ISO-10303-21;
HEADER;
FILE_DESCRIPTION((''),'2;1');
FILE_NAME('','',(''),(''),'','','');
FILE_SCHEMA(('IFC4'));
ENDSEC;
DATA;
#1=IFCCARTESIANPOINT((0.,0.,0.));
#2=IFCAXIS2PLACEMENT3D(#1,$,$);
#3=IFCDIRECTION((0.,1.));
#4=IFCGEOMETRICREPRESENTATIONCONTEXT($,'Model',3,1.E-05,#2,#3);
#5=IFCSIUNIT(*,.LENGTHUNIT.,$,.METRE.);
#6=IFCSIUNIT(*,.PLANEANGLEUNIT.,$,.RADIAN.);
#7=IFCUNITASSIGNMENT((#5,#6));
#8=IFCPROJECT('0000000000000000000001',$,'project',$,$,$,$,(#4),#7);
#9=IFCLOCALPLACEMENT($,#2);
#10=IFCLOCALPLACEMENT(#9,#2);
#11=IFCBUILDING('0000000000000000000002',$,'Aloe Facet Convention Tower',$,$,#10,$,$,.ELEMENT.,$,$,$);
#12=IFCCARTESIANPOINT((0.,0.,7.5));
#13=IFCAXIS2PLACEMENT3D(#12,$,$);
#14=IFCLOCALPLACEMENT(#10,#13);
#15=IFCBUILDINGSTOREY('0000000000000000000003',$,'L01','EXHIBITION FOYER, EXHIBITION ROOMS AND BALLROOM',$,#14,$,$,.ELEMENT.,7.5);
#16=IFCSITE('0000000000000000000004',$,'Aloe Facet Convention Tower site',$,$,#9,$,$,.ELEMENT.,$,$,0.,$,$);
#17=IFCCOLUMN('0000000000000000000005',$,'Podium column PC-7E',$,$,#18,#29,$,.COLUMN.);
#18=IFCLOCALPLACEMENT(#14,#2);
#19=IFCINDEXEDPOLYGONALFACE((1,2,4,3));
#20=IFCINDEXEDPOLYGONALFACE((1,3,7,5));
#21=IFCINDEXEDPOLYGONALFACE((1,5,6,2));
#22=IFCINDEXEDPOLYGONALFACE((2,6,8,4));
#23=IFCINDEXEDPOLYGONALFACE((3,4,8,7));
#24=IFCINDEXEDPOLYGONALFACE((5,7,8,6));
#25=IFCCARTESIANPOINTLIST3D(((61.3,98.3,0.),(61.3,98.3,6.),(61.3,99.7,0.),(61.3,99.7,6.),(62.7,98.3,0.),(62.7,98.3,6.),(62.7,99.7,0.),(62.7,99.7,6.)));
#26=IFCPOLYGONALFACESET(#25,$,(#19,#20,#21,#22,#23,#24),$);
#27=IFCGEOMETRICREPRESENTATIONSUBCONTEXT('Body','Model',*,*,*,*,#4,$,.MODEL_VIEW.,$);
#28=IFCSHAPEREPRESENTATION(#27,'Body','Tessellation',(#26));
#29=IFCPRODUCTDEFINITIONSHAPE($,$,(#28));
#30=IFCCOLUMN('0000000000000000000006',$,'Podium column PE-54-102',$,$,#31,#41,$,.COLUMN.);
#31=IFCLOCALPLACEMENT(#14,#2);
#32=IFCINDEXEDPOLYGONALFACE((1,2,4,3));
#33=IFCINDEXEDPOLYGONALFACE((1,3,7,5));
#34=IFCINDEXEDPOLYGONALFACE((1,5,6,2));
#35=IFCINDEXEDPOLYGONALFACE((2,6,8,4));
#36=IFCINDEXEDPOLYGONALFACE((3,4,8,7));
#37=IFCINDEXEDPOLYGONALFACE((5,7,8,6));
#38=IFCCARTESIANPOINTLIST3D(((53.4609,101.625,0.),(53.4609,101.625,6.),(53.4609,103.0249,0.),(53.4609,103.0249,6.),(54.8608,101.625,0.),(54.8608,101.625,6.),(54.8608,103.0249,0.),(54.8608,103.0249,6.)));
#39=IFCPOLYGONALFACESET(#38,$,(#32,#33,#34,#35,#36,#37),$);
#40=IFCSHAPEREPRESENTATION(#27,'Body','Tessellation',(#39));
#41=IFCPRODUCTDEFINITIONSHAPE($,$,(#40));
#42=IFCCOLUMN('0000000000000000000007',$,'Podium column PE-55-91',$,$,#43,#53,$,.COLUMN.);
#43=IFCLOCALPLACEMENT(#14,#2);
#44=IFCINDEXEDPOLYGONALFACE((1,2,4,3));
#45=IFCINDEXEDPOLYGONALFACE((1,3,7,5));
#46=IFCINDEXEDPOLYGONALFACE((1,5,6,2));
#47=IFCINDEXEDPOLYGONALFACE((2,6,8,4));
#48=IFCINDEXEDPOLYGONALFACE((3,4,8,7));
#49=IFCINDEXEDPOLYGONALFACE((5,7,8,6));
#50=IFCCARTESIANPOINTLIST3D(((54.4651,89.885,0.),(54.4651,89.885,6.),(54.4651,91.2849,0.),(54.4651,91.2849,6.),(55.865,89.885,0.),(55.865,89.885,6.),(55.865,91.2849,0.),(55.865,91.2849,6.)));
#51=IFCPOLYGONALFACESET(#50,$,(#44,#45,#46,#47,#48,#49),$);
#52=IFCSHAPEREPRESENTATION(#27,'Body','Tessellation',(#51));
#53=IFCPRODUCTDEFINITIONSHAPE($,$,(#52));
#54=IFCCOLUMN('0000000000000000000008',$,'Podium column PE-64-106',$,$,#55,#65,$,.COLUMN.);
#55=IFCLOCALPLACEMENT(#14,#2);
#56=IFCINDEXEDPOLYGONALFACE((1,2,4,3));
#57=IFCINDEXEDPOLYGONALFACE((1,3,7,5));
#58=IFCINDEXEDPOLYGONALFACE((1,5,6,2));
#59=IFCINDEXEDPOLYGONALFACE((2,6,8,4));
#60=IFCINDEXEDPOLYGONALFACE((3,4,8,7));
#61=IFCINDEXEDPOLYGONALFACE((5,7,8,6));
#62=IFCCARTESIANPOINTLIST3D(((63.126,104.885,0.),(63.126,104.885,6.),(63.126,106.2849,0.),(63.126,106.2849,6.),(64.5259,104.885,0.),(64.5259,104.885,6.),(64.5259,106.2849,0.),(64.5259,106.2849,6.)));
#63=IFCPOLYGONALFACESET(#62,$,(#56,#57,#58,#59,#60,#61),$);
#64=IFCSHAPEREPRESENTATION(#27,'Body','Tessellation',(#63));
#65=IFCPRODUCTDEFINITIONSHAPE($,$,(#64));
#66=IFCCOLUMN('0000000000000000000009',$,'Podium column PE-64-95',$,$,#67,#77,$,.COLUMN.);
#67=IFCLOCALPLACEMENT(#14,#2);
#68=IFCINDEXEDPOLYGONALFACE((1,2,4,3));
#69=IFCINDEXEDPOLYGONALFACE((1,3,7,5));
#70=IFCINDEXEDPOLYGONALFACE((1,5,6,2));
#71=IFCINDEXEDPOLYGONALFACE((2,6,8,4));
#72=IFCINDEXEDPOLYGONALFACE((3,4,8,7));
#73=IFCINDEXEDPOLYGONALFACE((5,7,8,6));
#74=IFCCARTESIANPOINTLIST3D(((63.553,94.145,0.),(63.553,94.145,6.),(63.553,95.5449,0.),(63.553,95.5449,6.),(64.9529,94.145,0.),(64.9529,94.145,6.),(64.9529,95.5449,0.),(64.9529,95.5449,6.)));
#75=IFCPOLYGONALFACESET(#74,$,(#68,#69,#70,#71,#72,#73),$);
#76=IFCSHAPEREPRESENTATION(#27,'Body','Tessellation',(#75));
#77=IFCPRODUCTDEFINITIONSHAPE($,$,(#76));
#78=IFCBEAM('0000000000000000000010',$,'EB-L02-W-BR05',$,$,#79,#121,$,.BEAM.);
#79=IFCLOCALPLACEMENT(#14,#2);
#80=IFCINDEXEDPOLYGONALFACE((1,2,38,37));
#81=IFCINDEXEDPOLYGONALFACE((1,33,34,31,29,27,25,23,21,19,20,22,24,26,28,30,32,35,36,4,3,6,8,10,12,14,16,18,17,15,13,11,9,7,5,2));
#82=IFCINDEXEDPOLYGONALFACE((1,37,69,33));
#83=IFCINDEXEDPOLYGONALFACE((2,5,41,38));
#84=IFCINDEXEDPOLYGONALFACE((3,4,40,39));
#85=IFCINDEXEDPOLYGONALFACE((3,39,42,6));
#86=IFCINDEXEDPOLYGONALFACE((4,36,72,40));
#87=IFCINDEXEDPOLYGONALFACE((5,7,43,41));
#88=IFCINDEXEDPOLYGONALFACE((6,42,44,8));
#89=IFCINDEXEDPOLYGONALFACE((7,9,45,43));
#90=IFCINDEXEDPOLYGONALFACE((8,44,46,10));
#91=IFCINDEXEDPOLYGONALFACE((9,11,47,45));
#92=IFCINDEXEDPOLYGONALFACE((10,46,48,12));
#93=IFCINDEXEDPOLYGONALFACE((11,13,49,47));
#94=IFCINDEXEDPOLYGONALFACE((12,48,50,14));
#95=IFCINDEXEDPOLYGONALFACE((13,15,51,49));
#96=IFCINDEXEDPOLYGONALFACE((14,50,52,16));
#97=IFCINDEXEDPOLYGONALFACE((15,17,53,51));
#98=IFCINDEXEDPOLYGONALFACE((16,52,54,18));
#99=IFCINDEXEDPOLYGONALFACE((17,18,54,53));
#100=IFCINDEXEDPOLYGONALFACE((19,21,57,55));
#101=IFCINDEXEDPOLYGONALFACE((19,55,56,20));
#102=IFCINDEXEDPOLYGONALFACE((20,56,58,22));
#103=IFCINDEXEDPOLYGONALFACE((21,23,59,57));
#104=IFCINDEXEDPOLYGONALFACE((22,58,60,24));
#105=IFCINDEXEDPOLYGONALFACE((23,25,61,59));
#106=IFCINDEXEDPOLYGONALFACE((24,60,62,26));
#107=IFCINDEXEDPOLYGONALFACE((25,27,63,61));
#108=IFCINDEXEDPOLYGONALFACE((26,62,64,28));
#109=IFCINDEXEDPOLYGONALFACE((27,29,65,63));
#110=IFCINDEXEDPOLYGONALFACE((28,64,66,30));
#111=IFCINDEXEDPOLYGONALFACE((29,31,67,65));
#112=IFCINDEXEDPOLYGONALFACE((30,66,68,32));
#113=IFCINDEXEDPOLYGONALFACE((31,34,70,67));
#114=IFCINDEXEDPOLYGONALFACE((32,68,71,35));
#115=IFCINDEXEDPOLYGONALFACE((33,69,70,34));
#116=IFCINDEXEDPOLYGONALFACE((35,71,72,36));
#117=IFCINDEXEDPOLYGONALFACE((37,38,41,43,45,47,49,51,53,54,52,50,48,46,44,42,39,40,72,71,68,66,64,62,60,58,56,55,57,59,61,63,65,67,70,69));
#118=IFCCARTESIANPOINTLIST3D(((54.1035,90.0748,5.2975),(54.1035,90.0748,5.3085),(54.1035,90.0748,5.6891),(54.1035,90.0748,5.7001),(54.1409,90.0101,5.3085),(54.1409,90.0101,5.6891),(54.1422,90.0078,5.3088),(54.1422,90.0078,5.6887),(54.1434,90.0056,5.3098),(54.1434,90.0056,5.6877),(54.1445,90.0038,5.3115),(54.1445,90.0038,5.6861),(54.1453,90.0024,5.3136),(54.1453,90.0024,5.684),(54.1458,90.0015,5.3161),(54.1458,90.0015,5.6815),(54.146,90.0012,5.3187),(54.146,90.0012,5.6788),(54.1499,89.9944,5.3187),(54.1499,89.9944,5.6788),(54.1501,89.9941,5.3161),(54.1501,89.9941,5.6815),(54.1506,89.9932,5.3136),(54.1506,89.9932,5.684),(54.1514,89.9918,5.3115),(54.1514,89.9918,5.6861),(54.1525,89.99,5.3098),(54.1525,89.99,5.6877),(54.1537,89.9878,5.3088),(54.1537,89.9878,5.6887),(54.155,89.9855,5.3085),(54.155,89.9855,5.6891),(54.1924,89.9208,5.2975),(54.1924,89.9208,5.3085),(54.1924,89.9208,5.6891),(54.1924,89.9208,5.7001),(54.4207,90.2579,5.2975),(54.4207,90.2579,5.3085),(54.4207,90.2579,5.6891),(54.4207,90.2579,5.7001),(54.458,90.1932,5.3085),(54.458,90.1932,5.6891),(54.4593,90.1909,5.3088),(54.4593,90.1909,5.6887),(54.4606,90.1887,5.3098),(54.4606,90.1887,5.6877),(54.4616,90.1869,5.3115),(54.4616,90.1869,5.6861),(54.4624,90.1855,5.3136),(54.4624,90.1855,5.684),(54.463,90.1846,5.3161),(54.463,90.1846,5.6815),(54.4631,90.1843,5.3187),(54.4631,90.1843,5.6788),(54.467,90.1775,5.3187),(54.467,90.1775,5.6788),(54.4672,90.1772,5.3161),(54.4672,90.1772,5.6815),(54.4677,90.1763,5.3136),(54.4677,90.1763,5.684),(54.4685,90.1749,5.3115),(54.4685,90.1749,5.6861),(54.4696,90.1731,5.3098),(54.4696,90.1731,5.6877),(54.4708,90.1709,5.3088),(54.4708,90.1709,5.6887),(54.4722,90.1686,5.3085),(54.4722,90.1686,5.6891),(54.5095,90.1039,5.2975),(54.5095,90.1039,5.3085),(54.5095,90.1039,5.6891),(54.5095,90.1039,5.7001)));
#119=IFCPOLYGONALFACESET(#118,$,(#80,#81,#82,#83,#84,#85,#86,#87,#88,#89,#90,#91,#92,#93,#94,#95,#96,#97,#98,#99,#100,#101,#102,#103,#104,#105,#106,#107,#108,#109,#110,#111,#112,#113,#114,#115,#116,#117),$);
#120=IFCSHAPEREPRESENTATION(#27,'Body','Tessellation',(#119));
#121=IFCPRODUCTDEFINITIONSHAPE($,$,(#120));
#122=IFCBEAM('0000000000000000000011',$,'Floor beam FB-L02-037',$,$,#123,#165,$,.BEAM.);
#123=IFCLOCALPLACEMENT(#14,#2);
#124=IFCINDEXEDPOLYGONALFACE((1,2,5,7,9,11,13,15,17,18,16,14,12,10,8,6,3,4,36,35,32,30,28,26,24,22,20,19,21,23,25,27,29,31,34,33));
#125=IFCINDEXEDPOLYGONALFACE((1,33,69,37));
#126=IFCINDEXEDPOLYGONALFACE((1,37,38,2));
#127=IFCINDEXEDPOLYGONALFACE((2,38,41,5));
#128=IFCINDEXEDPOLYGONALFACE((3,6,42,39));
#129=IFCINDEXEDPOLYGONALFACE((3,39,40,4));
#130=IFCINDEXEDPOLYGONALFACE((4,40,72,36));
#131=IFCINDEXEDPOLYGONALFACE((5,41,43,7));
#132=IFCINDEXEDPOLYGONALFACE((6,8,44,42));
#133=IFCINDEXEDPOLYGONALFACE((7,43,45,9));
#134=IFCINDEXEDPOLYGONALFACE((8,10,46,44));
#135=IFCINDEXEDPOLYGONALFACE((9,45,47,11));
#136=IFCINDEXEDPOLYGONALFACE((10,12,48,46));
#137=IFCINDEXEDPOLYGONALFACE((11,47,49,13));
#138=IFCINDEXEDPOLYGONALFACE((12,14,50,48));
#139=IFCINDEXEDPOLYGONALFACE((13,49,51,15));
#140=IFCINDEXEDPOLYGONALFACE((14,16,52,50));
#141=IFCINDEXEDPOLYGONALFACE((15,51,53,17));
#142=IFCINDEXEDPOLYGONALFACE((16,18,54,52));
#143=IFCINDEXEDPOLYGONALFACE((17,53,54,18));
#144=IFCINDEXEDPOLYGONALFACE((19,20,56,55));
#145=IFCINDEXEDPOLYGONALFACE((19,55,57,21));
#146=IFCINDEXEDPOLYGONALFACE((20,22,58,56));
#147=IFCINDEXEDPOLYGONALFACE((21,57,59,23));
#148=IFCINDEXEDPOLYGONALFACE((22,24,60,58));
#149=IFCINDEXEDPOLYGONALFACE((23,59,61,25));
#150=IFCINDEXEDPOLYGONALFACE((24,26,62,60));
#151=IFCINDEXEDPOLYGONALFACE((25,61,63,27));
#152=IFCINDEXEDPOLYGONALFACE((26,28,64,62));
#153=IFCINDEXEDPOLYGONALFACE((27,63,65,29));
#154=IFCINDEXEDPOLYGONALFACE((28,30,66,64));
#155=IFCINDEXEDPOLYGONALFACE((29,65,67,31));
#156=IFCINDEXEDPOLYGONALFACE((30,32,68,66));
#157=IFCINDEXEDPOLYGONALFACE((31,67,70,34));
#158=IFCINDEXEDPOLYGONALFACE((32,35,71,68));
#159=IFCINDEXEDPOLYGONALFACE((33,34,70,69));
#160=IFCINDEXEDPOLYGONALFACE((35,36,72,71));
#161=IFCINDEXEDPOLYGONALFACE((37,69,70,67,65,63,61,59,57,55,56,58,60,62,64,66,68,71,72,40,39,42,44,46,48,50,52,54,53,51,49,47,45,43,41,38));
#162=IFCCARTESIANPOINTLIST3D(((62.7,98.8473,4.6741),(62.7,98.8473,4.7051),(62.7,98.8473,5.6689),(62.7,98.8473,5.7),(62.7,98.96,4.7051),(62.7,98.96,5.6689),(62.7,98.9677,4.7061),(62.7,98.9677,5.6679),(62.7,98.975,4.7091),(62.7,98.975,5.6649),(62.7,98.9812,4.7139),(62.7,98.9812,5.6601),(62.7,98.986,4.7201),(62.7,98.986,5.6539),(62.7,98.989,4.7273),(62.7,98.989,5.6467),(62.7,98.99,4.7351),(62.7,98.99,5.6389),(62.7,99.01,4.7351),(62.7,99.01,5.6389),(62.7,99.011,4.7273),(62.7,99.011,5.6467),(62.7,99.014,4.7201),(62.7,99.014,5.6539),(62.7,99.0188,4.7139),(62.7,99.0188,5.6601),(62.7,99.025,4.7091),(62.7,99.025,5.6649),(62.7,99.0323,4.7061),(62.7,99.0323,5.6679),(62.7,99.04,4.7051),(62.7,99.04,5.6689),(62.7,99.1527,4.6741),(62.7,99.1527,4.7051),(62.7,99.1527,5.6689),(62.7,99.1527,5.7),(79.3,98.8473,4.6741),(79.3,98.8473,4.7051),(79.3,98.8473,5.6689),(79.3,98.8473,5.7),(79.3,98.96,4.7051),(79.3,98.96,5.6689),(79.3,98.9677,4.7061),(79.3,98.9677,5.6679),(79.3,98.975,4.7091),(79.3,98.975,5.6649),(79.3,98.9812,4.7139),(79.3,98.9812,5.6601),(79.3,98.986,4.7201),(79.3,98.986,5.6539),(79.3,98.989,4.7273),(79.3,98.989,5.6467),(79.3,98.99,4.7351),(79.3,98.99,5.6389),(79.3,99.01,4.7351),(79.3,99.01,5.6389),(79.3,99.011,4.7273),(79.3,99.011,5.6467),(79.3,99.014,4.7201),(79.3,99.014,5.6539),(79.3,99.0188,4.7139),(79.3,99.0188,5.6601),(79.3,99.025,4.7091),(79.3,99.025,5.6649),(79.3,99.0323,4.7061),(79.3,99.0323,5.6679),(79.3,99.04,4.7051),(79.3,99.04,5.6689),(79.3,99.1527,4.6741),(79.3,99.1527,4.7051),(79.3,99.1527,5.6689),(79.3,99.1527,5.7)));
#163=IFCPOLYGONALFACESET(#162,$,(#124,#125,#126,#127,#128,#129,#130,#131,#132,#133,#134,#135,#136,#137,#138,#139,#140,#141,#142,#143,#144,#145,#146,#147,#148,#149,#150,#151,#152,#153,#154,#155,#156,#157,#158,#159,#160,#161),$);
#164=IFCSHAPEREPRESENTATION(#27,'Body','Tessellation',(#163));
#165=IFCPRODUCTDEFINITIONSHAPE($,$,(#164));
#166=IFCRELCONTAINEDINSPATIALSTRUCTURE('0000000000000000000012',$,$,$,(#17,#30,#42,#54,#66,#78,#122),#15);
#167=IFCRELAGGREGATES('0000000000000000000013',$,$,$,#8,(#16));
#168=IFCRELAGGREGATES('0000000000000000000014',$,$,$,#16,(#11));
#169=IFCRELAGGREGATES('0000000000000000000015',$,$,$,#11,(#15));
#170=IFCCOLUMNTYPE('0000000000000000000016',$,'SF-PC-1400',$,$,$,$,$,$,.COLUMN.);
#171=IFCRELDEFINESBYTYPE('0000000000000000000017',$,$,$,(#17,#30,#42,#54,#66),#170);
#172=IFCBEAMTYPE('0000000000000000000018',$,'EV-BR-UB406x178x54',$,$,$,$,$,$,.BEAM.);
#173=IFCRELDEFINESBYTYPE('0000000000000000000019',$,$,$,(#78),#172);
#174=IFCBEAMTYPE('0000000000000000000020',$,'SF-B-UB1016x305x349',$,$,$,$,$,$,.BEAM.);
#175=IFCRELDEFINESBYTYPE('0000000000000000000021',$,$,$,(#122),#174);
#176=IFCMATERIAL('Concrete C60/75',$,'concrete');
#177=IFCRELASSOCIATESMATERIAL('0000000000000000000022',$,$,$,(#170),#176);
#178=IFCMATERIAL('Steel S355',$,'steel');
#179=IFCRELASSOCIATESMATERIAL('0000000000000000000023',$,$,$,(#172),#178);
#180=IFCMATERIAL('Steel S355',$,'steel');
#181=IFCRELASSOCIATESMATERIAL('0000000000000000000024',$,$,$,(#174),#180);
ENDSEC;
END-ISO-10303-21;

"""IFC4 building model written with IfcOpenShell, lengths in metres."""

from ifc_helpers import new_model, si_unit, direction, frame, origin, origin_2d, place, context, subcontext, project, spatial, rectangle, i_section, extrude, material, material_profile, profile_set, type_object, element, save


model = new_model("IFC4")

# Units and contexts
model_context = context("Model", 3, precision=1e-05, world=origin(), true_north=direction((0.0, 1.0)))
body_context = subcontext(model_context, "Body", "Model", "MODEL_VIEW")
ifc_project = project(units=[si_unit("LENGTHUNIT", "METRE"), si_unit("PLANEANGLEUNIT", "RADIAN")], contexts=[model_context])

# Site, building, storey
site_placement = place(None, origin())
site = spatial("IfcSite", under=ifc_project, at=site_placement, Name="Aloe Facet Convention Tower site", CompositionType="ELEMENT", RefElevation=0.0)
building_placement = place(site_placement, origin())
building = spatial("IfcBuilding", under=site, at=building_placement, Name="Aloe Facet Convention Tower", CompositionType="ELEMENT")
storey_placement = place(building_placement, frame((0.0, 0.0, 7.5)))
storey = spatial("IfcBuildingStorey", under=building, at=storey_placement, Name="L01", Description="EXHIBITION FOYER, EXHIBITION ROOMS AND BALLROOM", CompositionType="ELEMENT", Elevation=7.5)

# Columns
ifc_material_1 = material(Name="Concrete C60/75", Category="concrete")
ifc_material_profile_1 = material_profile(ifc_material_1, rectangle(XDim=1.3999, YDim=1.3999, at=origin_2d()), Name="SF-PC-1400")
ifc_profile_set_1 = profile_set([ifc_material_profile_1], Name="Concrete C60/75")
column_type = type_object("IfcColumnType", Name="SF-PC-1400", PredefinedType="COLUMN", material=ifc_profile_set_1)
for number, where, z_axis, x_axis, name in (
    (1, (62.0, 99.0, 0.0), (0.0, 0.0, 1.0), (1.0, 0.0, 0.0), "Podium column PC-7E"),
    (2, (54.1609, 102.325, 0.0), (0.0, 0.0, 1.0), (1.0, 0.0, 0.0), "Podium column PE-54-102"),
    (3, (55.165, 90.585, 0.0), (0.0, 0.0, 1.0), (1.0, 0.0, 0.0), "Podium column PE-55-91"),
    (4, (63.8259, 105.585, 0.0), (0.0, 0.0, 1.0), (1.0, 0.0, 0.0), "Podium column PE-64-106"),
    (5, (64.2529, 94.845, 0.0), (0.0, 0.0, 1.0), (1.0, 0.0, 0.0), "Podium column PE-64-95"),
):
    element("IfcColumn", number, at=place(storey_placement, frame(where, z_axis=z_axis, x_axis=x_axis)), inside=storey, type_object=column_type, Name=name, PredefinedType="COLUMN", context=body_context, shape_type="SweptSolid", body=[
        extrude(rectangle(XDim=1.3999, YDim=1.3999, at=origin_2d()), origin(), (0.0, 0.0, 1.0), 6.0),
    ])

# Beams
ifc_material_2 = material(Name="Steel S355", Category="steel")
ifc_material_profile_2 = material_profile(ifc_material_2, i_section(OverallWidth=0.1777, OverallDepth=0.4026, WebThickness=0.0078, FlangeThickness=0.011, FilletRadius=0.0103, at=origin_2d()), Name="UB 406x178x54")
ifc_profile_set_2 = profile_set([ifc_material_profile_2], Name="Steel S355")
beam_type_1 = type_object("IfcBeamType", Name="EV-BR-UB406x178x54", PredefinedType="BEAM", material=ifc_profile_set_2)
beam_1_placement = place(storey_placement, frame((54.4651, 90.1809, 5.4988), z_axis=(-0.866019, -0.500011, 0.0), x_axis=(0.500011, -0.866019, 0.0)))
element("IfcBeam", 6, at=beam_1_placement, inside=storey, type_object=beam_type_1, Name="EB-L02-W-BR05", PredefinedType="BEAM", context=body_context, shape_type="SweptSolid", body=[
    extrude(i_section(OverallWidth=0.1777, OverallDepth=0.4026, WebThickness=0.0078, FlangeThickness=0.011, FilletRadius=0.0103, at=origin_2d()), origin(), (0.0, 0.0, 1.0), 0.3662),
])
ifc_material_3 = material(Name="Steel S355", Category="steel")
ifc_material_profile_3 = material_profile(ifc_material_3, i_section(OverallWidth=0.3054, OverallDepth=1.0259, WebThickness=0.02, FlangeThickness=0.031, FilletRadius=0.03, at=origin_2d()), Name="UB 1016x305x349")
ifc_profile_set_3 = profile_set([ifc_material_profile_3], Name="Steel S355")
beam_type_2 = type_object("IfcBeamType", Name="SF-B-UB1016x305x349", PredefinedType="BEAM", material=ifc_profile_set_3)
beam_2_placement = place(storey_placement, frame((62.7, 99.0, 5.187), z_axis=(1.0, 0.0, 0.0), x_axis=(0.0, 1.0, 0.0)))
element("IfcBeam", 7, at=beam_2_placement, inside=storey, type_object=beam_type_2, Name="Floor beam FB-L02-037", PredefinedType="BEAM", context=body_context, shape_type="SweptSolid", body=[
    extrude(i_section(OverallWidth=0.3054, OverallDepth=1.0259, WebThickness=0.02, FlangeThickness=0.031, FilletRadius=0.03, at=origin_2d()), origin(), (0.0, 0.0, 1.0), 16.6001),
])

save(model, "model.ifc")
